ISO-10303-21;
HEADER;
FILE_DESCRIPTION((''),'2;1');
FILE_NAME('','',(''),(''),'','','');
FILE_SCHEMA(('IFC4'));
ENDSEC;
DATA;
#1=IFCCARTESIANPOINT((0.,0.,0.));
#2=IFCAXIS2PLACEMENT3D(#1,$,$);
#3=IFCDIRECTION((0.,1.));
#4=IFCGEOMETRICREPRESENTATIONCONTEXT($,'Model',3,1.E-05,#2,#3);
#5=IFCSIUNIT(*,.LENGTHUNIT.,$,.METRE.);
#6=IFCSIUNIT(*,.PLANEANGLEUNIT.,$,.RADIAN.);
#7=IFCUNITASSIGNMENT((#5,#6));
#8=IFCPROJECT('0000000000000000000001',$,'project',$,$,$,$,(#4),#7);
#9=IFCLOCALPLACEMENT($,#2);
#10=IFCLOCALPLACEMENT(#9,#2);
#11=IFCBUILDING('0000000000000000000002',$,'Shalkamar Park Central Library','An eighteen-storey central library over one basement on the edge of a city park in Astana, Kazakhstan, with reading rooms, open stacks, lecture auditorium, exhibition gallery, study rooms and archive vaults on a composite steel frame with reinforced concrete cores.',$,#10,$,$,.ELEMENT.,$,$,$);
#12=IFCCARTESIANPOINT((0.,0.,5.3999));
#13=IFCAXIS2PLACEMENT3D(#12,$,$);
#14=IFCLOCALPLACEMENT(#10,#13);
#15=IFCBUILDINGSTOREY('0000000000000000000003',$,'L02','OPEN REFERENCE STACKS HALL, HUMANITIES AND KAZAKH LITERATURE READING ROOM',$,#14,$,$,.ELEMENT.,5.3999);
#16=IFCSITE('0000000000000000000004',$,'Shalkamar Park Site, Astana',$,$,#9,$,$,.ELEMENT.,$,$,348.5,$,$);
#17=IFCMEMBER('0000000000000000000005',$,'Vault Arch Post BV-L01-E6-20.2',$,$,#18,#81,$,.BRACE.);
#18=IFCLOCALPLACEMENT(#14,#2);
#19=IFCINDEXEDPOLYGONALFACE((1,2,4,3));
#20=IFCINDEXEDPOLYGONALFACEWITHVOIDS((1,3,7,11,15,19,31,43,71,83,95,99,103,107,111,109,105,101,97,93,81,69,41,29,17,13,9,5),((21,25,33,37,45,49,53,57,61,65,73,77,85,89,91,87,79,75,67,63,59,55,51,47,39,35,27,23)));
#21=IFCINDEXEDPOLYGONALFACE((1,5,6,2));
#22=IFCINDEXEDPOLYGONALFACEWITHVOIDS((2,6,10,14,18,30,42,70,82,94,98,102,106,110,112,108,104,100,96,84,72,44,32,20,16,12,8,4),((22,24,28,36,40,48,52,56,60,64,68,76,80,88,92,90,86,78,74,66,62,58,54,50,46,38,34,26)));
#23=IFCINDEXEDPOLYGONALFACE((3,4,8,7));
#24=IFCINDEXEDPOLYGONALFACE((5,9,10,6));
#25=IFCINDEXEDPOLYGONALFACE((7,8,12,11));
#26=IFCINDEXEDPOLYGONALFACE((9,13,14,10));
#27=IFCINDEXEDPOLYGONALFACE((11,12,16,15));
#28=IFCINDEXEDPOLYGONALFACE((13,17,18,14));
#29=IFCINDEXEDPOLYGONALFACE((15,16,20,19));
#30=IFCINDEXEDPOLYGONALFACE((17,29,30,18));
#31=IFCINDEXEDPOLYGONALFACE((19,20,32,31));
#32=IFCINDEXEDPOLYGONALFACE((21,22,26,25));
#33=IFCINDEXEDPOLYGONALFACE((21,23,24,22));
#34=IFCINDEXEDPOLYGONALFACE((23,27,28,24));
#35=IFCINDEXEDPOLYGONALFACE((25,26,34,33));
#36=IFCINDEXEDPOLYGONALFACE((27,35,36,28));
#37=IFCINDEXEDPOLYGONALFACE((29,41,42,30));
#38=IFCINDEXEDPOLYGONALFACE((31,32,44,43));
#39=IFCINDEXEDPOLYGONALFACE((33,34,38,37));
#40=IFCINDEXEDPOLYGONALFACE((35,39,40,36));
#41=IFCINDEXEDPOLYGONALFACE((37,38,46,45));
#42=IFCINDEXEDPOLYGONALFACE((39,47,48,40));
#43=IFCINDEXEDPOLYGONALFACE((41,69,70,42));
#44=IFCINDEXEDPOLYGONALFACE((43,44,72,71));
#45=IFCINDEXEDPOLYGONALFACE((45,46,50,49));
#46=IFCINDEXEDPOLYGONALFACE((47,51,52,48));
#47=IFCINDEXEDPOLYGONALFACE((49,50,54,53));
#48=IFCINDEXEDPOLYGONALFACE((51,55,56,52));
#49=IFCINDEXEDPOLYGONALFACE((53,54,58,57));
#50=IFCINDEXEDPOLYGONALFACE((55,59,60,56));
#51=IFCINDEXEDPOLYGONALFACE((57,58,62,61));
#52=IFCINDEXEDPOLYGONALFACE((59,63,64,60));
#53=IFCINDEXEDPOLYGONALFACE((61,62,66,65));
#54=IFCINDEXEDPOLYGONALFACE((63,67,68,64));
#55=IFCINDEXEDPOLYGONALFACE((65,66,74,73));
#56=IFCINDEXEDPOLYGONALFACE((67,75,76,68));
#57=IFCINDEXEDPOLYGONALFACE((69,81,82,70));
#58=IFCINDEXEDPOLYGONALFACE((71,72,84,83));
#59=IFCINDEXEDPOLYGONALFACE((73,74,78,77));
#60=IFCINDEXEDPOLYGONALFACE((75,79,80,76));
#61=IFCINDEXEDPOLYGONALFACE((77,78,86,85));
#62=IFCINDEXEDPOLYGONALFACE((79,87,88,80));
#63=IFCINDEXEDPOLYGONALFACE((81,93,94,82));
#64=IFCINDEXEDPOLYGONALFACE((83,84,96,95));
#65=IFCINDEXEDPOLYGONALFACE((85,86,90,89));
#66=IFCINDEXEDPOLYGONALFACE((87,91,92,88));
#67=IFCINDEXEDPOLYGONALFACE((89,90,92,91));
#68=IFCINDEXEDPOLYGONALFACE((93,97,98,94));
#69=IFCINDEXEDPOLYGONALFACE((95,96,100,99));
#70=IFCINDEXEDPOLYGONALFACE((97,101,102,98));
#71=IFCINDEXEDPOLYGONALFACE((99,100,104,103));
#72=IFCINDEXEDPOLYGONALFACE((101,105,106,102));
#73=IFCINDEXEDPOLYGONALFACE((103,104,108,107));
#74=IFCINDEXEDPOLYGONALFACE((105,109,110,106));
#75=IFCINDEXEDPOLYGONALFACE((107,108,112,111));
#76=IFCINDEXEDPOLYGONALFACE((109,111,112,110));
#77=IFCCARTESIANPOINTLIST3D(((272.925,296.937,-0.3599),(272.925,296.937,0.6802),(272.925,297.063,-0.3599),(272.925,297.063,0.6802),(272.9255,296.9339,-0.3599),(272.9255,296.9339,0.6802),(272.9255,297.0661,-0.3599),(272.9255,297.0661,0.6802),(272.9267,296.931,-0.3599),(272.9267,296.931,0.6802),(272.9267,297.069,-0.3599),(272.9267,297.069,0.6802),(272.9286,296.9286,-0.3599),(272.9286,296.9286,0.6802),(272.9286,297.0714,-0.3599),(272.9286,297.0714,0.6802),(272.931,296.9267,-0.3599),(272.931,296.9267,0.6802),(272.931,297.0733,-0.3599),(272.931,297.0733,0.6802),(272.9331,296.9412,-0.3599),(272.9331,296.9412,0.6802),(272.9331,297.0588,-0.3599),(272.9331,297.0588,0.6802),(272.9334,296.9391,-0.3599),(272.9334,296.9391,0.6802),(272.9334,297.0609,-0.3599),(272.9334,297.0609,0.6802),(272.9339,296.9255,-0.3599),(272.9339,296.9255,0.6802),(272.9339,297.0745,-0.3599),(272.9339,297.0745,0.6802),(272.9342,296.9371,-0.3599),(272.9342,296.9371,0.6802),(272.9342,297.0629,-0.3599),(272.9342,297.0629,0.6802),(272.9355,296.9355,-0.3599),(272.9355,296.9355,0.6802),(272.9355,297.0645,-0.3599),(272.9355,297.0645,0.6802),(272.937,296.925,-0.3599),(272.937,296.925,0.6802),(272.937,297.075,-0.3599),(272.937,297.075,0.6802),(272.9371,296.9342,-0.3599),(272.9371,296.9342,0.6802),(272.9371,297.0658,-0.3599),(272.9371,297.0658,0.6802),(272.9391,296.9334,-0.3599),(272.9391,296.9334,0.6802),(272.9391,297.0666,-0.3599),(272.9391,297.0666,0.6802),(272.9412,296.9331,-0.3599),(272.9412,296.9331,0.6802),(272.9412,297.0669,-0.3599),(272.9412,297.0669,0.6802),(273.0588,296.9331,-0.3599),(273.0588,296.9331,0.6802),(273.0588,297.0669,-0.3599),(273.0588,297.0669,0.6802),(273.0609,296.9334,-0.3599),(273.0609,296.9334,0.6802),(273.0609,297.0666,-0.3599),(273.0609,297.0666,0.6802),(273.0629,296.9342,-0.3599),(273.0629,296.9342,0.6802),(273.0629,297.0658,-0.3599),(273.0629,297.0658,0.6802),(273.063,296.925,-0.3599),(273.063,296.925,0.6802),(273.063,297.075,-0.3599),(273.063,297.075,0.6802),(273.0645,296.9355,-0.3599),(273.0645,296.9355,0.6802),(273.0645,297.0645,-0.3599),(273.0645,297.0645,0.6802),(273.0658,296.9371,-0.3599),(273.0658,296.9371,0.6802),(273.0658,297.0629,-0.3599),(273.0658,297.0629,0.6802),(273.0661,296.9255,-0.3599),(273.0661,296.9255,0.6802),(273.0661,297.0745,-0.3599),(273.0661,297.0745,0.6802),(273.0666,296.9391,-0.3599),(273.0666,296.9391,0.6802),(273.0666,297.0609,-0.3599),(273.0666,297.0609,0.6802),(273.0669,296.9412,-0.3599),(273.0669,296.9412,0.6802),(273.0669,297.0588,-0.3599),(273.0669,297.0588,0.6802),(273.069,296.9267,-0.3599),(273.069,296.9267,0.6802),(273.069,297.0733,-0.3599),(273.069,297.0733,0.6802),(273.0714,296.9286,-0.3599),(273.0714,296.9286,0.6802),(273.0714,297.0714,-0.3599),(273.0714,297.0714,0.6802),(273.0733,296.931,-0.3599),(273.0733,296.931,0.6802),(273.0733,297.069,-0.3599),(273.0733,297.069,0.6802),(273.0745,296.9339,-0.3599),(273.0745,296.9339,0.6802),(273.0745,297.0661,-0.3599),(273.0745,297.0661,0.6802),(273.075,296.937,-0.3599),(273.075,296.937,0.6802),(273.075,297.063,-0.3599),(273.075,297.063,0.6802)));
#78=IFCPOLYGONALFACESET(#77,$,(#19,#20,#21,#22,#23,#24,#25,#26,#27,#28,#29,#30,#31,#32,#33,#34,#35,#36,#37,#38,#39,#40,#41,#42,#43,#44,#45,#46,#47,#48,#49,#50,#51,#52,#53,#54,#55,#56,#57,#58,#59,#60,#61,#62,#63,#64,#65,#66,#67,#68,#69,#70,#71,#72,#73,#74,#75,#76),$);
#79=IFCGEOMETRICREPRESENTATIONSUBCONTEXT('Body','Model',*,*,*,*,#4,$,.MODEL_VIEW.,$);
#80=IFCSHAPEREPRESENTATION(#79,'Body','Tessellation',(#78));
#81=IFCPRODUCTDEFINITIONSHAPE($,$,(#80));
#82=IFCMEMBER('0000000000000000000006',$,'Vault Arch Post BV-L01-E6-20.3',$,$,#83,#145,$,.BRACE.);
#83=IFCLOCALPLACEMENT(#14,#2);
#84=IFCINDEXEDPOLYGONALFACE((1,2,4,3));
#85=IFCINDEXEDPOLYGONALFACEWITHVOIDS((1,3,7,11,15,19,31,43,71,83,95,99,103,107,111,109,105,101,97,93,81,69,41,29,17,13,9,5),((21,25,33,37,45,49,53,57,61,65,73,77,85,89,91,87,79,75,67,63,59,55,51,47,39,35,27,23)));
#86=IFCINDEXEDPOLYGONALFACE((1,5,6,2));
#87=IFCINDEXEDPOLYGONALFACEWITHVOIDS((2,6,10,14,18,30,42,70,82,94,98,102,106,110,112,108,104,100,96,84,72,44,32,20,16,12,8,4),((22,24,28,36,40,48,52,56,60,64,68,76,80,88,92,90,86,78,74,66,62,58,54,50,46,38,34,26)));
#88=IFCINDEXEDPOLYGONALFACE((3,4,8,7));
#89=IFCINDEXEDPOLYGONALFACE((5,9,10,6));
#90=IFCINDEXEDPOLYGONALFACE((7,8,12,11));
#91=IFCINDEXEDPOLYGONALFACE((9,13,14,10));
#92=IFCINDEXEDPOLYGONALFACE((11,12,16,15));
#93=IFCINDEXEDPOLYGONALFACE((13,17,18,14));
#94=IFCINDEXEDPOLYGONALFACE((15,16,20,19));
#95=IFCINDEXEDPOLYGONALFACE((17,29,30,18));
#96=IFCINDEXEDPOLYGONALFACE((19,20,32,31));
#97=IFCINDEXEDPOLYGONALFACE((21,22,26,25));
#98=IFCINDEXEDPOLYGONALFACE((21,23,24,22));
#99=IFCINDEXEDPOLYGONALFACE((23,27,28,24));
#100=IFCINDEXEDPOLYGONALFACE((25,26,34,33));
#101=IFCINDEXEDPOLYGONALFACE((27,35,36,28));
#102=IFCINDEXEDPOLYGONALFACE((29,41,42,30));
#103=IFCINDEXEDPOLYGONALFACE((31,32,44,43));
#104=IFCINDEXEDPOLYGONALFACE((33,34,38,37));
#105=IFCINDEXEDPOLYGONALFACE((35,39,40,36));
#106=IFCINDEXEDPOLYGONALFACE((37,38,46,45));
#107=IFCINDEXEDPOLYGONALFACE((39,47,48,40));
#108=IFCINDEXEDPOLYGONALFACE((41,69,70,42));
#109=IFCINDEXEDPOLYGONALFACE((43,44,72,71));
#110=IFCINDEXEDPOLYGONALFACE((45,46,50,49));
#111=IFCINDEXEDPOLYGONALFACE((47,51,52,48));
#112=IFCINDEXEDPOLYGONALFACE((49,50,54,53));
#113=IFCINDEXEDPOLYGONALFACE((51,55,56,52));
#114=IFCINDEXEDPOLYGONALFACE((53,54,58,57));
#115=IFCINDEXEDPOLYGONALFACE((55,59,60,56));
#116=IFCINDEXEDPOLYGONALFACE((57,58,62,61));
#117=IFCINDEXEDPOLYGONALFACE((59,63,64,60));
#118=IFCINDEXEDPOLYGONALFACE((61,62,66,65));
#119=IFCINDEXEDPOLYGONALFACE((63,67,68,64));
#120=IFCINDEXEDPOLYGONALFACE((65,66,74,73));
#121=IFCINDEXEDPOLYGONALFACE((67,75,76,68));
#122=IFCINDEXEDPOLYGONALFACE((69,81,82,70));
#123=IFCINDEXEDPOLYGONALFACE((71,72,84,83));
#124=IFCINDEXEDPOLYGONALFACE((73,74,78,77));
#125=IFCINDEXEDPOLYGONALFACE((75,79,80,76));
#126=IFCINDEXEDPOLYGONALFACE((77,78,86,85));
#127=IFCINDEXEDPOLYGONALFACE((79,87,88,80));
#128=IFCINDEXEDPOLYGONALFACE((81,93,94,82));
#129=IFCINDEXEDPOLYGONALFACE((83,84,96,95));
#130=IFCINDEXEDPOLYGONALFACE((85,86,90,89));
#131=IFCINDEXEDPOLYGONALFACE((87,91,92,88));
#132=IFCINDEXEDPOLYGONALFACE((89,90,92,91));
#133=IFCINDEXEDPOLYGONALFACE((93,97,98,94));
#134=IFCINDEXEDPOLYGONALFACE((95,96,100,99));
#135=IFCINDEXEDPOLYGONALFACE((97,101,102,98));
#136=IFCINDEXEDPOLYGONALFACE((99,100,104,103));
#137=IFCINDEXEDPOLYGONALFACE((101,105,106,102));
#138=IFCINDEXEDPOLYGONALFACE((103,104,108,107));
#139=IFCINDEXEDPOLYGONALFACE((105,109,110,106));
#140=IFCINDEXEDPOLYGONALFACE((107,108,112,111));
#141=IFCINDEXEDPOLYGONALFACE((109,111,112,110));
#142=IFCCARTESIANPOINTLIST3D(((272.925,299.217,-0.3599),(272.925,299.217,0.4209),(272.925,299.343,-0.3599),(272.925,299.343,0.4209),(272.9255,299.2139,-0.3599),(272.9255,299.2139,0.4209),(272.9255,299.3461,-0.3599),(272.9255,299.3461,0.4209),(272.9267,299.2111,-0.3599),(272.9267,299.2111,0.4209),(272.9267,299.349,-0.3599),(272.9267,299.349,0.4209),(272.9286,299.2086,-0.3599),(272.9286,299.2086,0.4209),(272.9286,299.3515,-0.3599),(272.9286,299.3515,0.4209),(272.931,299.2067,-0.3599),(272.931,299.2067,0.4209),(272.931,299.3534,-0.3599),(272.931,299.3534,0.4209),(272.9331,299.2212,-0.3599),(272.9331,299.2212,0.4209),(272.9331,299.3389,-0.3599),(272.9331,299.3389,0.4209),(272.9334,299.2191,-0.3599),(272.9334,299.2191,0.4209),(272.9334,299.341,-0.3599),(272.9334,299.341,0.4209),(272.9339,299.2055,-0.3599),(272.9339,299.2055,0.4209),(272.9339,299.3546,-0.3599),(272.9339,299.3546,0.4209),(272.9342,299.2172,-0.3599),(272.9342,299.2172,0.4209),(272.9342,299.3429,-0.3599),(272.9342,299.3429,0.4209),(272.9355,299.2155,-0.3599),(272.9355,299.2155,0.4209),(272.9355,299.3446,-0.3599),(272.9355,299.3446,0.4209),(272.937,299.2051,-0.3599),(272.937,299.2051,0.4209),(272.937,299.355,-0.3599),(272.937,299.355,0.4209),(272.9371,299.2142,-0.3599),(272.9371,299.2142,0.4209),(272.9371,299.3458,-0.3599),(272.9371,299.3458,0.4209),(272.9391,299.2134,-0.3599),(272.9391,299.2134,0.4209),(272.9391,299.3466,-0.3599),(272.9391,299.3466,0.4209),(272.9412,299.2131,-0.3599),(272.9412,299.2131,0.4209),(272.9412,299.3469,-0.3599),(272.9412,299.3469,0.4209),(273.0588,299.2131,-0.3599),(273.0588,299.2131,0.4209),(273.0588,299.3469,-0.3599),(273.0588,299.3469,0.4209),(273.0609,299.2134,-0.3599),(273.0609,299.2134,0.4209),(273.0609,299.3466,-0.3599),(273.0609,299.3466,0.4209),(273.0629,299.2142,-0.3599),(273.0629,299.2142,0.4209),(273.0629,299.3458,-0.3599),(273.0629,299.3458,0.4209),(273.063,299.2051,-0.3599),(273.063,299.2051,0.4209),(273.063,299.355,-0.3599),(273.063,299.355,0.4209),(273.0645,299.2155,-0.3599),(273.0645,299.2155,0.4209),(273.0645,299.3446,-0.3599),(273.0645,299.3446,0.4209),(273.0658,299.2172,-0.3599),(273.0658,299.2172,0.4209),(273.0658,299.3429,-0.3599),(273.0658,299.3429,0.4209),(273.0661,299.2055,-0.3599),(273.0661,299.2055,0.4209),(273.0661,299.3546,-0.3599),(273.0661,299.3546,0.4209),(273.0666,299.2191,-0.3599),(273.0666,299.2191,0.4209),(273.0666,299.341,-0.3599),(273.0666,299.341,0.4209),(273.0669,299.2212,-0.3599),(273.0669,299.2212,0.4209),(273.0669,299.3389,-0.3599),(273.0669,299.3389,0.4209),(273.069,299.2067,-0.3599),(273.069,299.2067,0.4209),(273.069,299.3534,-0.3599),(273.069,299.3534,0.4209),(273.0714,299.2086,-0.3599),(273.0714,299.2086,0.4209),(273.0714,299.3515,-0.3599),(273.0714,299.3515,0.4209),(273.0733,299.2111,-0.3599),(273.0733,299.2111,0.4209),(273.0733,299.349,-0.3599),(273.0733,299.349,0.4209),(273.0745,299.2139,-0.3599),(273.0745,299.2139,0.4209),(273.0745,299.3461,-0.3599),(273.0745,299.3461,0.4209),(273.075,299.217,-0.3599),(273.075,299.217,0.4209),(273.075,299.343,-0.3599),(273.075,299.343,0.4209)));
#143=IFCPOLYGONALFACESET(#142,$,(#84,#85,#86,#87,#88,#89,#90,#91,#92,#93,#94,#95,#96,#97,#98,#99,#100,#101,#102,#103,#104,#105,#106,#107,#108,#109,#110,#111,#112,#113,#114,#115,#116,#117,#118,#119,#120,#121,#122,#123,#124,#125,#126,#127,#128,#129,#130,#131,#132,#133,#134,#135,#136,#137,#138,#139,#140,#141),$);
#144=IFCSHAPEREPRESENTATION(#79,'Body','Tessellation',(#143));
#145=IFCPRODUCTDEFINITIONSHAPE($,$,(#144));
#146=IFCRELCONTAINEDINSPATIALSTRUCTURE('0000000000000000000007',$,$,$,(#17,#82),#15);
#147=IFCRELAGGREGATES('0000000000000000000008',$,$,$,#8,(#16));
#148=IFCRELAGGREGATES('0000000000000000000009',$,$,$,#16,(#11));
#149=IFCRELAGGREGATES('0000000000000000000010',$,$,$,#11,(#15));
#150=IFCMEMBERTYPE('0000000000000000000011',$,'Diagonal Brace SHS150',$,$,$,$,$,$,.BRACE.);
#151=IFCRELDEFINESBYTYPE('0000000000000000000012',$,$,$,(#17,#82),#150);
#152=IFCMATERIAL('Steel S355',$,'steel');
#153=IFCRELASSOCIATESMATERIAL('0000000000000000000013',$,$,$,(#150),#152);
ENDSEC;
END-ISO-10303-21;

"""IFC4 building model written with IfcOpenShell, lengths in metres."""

from ifc_helpers import new_model, si_unit, direction, frame, origin, origin_2d, place, context, subcontext, project, spatial, hollow_rectangle, extrude, material, material_profile, profile_set, type_object, element, save


model = new_model("IFC4")

# Units and contexts
model_context = context("Model", 3, precision=1e-05, world=origin(), true_north=direction((0.0, 1.0)))
body_context = subcontext(model_context, "Body", "Model", "MODEL_VIEW")
ifc_project = project(units=[si_unit("LENGTHUNIT", "METRE"), si_unit("PLANEANGLEUNIT", "RADIAN")], contexts=[model_context])

# Site, building, storey
site_placement = place(None, origin())
site = spatial("IfcSite", under=ifc_project, at=site_placement, Name="Shalkamar Park Site, Astana", CompositionType="ELEMENT", RefElevation=348.5)
building_placement = place(site_placement, origin())
building = spatial("IfcBuilding", under=site, at=building_placement, Name="Shalkamar Park Central Library", Description="An eighteen-storey central library over one basement on the edge of a city park in Astana, Kazakhstan, with reading rooms, open stacks, lecture auditorium, exhibition gallery, study rooms and archive vaults on a composite steel frame with reinforced concrete cores.", CompositionType="ELEMENT")
storey_placement = place(building_placement, frame((0.0, 0.0, 5.3999)))
storey = spatial("IfcBuildingStorey", under=building, at=storey_placement, Name="L02", Description="OPEN REFERENCE STACKS HALL, HUMANITIES AND KAZAKH LITERATURE READING ROOM", CompositionType="ELEMENT", Elevation=5.3999)

# Shared definitions
ifc_material_1 = material(Name="Steel S355", Category="steel")

# Members
ifc_material_profile_1 = material_profile(ifc_material_1, hollow_rectangle(XDim=0.1499, YDim=0.1499, WallThickness=0.0081, InnerFilletRadius=0.0081, OuterFilletRadius=0.012, at=origin_2d()), Name="SHS 150x150x8")
ifc_profile_set_1 = profile_set([ifc_material_profile_1], Name="Steel S355")
member_type_1 = type_object("IfcMemberType", Name="Diagonal Brace SHS150", PredefinedType="BRACE", material=ifc_profile_set_1)
member_1_placement = place(storey_placement, frame((273.0, 297.0, -0.3599), z_axis=(0.0, 0.0, 1.0), x_axis=(1.0, 0.0, 0.0)))
element("IfcMember", 1, at=member_1_placement, inside=storey, type_object=member_type_1, Name="Vault Arch Post BV-L01-E6-20.2", PredefinedType="BRACE", context=body_context, shape_type="SweptSolid", body=[
    extrude(hollow_rectangle(XDim=0.1499, YDim=0.1499, WallThickness=0.0081, InnerFilletRadius=0.0081, OuterFilletRadius=0.012, at=origin_2d()), origin(), (0.0, 0.0, 1.0), 1.04),
])
for number, where, z_axis, x_axis, name in (
    (2, (273.0, 299.28, -0.3599), (0.0, 0.0, 1.0), (1.0, 0.0, 0.0), "Vault Arch Post BV-L01-E6-20.3"),
):
    element("IfcMember", number, at=place(storey_placement, frame(where, z_axis=z_axis, x_axis=x_axis)), inside=storey, type_object=member_type_1, Name=name, PredefinedType="BRACE", context=body_context, shape_type="SweptSolid", body=[
        extrude(hollow_rectangle(XDim=0.1499, YDim=0.1499, WallThickness=0.0081, InnerFilletRadius=0.0081, OuterFilletRadius=0.012, at=origin_2d()), origin(), (0.0, 0.0, 1.0), 0.7808),
    ])

save(model, "model.ifc")
